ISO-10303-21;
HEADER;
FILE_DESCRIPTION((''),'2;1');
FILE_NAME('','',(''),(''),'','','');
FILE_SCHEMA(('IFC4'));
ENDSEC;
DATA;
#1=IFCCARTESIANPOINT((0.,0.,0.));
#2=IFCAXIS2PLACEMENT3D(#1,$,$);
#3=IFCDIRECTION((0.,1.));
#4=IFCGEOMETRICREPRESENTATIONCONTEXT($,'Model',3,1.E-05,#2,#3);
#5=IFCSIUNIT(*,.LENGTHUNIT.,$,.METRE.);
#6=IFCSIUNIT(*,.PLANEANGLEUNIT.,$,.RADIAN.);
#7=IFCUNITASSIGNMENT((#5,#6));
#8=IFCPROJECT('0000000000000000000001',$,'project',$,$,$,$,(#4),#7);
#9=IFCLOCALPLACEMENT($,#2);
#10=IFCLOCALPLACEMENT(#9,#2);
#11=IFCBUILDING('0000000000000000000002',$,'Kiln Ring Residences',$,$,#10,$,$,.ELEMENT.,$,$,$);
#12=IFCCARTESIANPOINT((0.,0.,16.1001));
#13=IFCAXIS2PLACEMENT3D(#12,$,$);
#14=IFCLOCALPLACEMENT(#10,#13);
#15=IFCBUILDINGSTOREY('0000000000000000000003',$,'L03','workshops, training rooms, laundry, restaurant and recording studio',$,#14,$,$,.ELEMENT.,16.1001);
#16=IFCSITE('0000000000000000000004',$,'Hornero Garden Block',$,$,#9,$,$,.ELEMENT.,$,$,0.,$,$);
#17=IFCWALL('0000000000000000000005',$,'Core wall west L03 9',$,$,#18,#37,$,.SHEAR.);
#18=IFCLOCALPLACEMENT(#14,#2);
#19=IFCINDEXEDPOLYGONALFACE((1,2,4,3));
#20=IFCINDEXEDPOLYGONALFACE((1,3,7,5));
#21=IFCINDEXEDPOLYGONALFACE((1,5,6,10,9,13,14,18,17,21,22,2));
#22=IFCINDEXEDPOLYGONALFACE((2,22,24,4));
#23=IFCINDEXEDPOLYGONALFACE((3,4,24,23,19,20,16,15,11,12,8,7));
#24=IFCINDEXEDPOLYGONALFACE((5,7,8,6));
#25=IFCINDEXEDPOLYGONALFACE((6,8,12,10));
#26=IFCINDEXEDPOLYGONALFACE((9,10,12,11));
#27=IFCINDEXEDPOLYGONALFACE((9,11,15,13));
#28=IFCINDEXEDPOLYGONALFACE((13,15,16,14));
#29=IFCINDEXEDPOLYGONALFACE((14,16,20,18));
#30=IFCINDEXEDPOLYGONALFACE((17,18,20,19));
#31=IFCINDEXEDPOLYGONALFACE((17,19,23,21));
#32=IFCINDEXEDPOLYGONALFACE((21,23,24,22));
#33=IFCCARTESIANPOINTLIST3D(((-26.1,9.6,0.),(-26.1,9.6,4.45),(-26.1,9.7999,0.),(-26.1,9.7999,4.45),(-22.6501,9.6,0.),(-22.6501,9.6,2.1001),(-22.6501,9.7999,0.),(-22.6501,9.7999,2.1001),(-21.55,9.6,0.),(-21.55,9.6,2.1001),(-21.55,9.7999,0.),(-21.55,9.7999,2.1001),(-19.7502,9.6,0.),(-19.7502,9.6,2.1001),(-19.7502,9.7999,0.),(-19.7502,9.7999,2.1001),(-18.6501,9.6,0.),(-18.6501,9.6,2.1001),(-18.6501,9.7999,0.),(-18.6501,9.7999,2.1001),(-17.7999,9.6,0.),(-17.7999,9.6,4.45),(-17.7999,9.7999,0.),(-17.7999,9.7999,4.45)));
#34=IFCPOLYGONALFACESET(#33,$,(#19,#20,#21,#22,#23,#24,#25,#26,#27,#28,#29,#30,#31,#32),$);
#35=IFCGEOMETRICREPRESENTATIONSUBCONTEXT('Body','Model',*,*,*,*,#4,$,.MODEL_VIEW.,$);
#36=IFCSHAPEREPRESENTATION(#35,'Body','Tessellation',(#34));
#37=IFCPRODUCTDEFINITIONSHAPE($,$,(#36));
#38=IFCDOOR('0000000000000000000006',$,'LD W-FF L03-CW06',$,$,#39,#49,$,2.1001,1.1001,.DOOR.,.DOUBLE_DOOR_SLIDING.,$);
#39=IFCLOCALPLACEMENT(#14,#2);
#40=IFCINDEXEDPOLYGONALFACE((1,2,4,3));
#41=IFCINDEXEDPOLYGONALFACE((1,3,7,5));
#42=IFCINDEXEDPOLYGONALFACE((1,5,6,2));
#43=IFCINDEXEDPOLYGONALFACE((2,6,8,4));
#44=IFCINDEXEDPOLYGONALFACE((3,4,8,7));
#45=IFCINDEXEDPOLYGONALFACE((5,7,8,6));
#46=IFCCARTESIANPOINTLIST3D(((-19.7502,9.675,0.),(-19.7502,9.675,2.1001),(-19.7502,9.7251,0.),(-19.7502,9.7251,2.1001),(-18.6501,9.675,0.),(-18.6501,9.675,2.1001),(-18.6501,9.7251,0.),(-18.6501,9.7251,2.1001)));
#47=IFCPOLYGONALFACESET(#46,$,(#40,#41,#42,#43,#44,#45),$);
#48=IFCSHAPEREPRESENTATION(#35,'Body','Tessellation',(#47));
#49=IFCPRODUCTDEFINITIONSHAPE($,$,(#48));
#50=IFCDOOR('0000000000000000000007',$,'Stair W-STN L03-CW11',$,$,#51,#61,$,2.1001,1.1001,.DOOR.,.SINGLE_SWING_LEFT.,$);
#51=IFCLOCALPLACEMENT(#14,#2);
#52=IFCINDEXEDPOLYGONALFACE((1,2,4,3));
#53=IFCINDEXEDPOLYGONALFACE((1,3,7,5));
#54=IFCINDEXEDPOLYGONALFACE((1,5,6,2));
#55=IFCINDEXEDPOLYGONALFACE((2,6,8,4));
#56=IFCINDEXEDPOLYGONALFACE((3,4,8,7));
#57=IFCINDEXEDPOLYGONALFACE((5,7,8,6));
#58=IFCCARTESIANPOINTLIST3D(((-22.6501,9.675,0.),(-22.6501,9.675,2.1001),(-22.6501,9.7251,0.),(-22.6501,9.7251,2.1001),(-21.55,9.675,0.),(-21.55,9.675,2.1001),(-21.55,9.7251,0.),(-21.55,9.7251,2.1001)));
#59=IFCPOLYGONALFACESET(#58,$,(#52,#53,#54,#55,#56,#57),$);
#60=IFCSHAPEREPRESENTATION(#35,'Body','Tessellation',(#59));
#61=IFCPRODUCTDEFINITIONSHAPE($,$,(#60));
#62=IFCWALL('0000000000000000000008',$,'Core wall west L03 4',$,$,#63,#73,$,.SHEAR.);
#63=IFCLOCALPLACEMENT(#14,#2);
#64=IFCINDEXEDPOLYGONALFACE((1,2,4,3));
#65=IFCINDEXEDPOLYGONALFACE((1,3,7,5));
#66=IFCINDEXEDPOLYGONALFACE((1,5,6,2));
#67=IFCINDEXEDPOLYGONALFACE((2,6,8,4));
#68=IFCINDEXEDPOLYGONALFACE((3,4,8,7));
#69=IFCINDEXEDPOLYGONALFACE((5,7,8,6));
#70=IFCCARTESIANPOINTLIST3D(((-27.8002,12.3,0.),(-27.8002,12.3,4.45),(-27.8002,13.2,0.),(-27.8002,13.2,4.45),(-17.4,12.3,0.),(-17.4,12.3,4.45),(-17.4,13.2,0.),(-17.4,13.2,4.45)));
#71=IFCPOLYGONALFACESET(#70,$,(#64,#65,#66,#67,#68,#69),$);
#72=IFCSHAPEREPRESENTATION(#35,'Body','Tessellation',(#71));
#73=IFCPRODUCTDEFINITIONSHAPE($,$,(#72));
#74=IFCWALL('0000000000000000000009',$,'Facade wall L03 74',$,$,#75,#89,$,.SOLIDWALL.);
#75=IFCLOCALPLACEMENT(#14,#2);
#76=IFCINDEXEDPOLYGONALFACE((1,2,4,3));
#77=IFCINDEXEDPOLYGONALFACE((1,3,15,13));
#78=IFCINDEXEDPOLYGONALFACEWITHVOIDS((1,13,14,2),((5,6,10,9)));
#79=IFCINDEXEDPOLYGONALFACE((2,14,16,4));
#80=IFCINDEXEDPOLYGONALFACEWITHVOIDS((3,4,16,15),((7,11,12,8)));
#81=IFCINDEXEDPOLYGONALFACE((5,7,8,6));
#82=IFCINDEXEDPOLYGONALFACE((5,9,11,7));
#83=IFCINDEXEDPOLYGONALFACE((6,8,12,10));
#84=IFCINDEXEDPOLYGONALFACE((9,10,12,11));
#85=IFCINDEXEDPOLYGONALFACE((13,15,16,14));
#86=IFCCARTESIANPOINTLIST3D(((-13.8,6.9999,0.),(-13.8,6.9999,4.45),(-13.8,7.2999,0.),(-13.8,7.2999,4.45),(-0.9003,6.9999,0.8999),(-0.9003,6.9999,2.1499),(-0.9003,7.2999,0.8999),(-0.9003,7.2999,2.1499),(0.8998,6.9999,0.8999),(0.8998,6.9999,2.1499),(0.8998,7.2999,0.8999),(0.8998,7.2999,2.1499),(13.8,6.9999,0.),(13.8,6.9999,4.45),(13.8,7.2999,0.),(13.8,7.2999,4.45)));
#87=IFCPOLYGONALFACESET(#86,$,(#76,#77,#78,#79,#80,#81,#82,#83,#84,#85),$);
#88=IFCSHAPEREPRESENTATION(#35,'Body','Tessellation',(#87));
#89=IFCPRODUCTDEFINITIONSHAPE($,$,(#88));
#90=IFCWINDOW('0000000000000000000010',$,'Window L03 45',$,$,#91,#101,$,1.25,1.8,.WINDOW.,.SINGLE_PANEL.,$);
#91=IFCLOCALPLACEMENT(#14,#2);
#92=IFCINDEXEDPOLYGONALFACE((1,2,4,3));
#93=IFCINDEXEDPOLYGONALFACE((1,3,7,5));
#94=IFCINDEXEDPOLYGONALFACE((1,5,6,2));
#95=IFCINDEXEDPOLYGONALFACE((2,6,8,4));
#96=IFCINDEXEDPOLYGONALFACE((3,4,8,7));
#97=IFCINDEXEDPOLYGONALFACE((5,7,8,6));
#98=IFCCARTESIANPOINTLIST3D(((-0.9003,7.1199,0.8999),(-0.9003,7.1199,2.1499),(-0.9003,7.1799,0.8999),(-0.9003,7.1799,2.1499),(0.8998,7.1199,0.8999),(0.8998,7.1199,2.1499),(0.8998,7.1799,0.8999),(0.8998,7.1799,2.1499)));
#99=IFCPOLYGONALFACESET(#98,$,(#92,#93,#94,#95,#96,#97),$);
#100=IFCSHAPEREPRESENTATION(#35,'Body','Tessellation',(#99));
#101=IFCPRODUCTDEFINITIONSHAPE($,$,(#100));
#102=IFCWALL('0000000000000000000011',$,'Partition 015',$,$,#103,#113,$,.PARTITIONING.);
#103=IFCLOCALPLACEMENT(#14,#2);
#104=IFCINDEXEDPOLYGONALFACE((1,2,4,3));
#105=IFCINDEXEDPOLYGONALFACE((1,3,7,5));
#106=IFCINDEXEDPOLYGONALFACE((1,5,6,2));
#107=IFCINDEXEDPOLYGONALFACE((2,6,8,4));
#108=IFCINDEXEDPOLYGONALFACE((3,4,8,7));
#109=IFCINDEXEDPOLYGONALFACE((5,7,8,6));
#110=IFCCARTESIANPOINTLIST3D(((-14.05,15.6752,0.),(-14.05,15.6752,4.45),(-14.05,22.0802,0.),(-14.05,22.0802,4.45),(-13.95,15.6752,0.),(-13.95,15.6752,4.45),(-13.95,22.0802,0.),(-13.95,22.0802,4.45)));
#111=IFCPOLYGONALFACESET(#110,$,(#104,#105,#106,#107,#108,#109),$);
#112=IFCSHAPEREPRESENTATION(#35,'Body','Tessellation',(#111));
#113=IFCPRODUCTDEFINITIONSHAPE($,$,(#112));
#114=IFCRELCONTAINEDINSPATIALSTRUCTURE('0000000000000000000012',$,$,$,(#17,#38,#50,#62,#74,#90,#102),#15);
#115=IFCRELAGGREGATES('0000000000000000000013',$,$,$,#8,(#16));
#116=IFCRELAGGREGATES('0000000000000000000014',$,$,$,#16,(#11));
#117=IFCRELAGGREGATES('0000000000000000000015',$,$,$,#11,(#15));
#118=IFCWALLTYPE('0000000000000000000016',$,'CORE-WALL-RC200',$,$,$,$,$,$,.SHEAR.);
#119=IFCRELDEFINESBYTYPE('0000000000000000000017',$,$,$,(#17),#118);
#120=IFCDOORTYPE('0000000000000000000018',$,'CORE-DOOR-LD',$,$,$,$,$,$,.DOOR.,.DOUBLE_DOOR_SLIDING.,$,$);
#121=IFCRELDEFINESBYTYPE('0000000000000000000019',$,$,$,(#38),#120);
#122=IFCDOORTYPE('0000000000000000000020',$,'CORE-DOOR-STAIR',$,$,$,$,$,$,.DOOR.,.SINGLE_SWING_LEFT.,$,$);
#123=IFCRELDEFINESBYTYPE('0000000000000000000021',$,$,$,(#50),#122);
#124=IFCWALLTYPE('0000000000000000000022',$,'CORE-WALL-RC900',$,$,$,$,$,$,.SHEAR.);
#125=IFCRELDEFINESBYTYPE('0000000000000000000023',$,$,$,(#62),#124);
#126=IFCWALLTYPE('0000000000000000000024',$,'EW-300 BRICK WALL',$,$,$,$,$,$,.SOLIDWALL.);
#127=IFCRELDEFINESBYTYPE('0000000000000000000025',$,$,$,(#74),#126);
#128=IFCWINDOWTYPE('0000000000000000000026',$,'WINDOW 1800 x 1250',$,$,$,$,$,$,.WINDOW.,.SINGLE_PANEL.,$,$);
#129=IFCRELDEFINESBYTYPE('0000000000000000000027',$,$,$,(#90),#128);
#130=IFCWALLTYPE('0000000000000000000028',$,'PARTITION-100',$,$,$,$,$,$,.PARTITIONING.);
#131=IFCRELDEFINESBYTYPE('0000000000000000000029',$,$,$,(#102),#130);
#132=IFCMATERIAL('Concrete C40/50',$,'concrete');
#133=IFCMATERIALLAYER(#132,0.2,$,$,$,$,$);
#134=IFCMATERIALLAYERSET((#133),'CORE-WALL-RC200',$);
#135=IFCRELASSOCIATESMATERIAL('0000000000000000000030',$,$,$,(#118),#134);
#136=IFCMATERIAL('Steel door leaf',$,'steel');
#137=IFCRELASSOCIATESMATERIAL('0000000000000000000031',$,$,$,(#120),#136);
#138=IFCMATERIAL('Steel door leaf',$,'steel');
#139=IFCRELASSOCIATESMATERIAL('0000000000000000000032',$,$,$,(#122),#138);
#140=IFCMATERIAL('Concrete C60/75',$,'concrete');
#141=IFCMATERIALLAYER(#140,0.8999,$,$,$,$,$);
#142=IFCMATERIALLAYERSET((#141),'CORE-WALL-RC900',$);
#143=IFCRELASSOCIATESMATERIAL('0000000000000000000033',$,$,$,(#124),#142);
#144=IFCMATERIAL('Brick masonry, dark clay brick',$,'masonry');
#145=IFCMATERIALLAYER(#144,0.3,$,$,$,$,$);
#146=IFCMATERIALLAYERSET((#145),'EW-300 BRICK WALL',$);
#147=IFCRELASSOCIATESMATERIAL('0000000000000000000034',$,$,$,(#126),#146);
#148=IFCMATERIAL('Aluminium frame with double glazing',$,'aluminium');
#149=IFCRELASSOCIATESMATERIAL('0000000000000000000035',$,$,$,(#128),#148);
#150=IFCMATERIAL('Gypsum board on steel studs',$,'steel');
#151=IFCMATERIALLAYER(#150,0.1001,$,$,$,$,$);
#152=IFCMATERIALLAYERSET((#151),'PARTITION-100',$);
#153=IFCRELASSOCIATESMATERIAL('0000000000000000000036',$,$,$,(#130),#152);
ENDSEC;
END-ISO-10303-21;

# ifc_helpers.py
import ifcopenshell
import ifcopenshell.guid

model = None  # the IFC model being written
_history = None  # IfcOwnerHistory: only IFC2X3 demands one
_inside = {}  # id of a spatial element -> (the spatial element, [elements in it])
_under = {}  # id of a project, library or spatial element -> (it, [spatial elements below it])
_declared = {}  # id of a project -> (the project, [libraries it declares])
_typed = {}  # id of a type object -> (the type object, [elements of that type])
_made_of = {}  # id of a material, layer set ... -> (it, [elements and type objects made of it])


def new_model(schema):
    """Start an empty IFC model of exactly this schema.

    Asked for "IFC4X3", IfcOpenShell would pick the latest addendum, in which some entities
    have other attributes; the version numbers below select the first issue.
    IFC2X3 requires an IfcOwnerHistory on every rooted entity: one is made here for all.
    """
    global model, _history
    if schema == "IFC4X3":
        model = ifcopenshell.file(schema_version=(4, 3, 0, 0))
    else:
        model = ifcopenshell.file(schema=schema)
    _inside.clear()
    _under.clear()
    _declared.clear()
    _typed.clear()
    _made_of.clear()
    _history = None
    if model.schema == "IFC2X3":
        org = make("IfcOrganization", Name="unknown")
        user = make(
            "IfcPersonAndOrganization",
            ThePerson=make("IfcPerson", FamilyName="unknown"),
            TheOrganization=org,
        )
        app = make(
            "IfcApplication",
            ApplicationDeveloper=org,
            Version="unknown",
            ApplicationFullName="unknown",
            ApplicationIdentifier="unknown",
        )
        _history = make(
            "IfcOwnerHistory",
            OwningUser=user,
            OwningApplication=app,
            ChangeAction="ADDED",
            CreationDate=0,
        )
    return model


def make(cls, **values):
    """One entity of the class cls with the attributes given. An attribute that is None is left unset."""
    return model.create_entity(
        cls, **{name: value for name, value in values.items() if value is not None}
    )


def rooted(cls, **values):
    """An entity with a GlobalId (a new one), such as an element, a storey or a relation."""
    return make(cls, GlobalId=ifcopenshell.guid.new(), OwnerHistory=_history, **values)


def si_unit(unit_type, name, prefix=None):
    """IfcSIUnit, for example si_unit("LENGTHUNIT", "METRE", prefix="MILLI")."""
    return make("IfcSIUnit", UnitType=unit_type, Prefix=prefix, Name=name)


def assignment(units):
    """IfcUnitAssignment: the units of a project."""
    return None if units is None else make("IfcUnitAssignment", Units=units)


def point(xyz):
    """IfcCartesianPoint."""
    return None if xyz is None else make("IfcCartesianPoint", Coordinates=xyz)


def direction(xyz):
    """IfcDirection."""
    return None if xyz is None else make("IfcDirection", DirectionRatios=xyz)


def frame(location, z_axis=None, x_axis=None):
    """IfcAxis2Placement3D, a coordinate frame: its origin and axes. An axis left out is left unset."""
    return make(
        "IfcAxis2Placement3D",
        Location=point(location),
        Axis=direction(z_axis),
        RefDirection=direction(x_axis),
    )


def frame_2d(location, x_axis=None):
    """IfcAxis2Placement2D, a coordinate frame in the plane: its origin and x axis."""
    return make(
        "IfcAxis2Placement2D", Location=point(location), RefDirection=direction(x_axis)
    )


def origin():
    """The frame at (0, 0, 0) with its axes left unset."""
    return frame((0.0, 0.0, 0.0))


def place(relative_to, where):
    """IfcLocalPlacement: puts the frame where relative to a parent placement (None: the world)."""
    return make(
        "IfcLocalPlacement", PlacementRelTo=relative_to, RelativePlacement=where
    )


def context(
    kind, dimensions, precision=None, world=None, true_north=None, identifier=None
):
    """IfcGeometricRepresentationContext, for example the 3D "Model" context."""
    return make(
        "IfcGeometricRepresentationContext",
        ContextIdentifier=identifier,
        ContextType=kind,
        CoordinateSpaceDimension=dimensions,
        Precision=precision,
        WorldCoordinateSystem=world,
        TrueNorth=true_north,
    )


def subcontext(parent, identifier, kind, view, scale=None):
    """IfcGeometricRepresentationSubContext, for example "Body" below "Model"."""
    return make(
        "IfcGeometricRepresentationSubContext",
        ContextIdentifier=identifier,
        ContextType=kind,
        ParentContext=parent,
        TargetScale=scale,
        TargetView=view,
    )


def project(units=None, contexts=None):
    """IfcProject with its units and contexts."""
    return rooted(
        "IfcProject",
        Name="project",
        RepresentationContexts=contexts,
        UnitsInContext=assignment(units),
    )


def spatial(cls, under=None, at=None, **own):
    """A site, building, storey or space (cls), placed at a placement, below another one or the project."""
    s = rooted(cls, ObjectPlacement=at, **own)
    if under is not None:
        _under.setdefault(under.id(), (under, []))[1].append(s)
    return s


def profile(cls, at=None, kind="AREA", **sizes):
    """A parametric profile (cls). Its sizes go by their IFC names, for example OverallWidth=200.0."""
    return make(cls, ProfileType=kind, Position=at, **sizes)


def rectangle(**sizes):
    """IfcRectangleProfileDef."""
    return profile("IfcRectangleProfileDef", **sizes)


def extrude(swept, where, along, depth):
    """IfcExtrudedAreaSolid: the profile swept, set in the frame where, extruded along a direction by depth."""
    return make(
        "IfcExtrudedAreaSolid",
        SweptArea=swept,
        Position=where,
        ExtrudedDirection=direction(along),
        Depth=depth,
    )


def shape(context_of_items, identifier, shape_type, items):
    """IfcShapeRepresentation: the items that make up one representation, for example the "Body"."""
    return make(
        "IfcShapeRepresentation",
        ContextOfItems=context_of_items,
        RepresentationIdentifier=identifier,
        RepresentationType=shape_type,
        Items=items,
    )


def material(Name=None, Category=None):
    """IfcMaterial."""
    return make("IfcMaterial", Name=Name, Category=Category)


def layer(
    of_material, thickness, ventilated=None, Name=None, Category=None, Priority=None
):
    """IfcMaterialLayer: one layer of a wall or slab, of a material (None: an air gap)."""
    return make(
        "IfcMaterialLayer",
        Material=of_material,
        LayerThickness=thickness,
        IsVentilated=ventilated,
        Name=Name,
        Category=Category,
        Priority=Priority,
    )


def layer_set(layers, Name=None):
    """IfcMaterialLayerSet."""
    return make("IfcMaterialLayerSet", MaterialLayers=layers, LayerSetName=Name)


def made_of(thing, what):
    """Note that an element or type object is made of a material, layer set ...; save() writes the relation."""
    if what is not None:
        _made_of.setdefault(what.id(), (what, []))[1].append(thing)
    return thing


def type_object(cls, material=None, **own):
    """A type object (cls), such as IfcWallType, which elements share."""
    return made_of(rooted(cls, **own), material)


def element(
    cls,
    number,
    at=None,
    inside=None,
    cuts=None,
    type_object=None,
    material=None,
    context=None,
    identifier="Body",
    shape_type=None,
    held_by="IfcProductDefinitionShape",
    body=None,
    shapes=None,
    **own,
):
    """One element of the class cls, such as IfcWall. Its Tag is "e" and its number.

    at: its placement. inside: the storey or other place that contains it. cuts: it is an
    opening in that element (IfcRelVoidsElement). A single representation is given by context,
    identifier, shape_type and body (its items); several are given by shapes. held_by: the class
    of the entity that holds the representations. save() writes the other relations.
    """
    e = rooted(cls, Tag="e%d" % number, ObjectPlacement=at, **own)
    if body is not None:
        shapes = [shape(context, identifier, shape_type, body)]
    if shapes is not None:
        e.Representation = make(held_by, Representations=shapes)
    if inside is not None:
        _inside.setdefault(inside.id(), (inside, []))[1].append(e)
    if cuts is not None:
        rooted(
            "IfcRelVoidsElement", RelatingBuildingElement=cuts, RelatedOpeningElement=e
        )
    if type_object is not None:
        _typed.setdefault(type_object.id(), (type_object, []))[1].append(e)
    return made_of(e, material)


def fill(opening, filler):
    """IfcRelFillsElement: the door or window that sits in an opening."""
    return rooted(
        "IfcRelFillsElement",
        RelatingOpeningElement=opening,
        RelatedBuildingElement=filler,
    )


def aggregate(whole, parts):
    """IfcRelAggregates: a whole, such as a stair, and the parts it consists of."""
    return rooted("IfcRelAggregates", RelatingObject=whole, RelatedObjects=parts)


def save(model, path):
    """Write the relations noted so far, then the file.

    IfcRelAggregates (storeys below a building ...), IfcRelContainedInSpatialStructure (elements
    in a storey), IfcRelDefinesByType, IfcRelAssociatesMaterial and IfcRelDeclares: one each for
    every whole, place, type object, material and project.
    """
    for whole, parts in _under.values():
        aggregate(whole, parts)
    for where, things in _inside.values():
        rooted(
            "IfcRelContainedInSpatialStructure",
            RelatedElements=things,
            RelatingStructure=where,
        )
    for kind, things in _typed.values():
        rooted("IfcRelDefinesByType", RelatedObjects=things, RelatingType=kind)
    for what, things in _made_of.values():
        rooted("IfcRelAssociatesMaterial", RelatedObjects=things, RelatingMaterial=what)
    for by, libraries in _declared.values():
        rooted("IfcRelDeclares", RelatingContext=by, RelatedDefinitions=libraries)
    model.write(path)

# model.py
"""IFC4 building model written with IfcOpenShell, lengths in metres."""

from ifc_helpers import new_model, si_unit, direction, frame, frame_2d, origin, place, context, subcontext, project, spatial, rectangle, extrude, material, layer, layer_set, type_object, element, fill, save


model = new_model("IFC4")

# Units and contexts
model_context = context("Model", 3, precision=1e-05, world=origin(), true_north=direction((0.0, 1.0)))
body_context = subcontext(model_context, "Body", "Model", "MODEL_VIEW")
ifc_project = project(units=[si_unit("LENGTHUNIT", "METRE"), si_unit("PLANEANGLEUNIT", "RADIAN")], contexts=[model_context])

# Site, building, storey
site_placement = place(None, origin())
site = spatial("IfcSite", under=ifc_project, at=site_placement, Name="Hornero Garden Block", CompositionType="ELEMENT", RefElevation=0.0)
building_placement = place(site_placement, origin())
building = spatial("IfcBuilding", under=site, at=building_placement, Name="Kiln Ring Residences", CompositionType="ELEMENT")
storey_placement = place(building_placement, frame((0.0, 0.0, 16.1001)))
storey = spatial("IfcBuildingStorey", under=building, at=storey_placement, Name="L03", Description="workshops, training rooms, laundry, restaurant and recording studio", CompositionType="ELEMENT", Elevation=16.1001)

# Shared definitions
ifc_material_1 = material(Name="Concrete C40/50", Category="concrete")
ifc_layer_1 = layer(ifc_material_1, 0.2)
ifc_layer_set_1 = layer_set([ifc_layer_1], Name="CORE-WALL-RC200")
wall_type_1 = type_object("IfcWallType", Name="CORE-WALL-RC200", PredefinedType="SHEAR", material=ifc_layer_set_1)

# Wall, openings, doors
wall_1_placement = place(storey_placement, frame((-17.8, 9.7, 0.0), z_axis=(0.0, 0.0, 1.0), x_axis=(-1.0, 0.0, 0.0)))
wall_1 = element("IfcWall", 1, at=wall_1_placement, inside=storey, type_object=wall_type_1, Name="Core wall west L03 9", PredefinedType="SHEAR", context=body_context, shape_type="SweptSolid", body=[
    extrude(rectangle(XDim=8.3, YDim=0.2, at=frame_2d((4.1499, 0.0))), origin(), (0.0, 0.0, 1.0), 4.45),
])
opening_1_placement = place(wall_1_placement, frame((0.8501, 0.0, 0.0)))
opening_1 = element("IfcOpeningElement", 2, at=opening_1_placement, cuts=wall_1, PredefinedType="OPENING", context=body_context, shape_type="SweptSolid", body=[
    extrude(rectangle(XDim=1.1001, YDim=2.1001, at=frame_2d((0.55, 1.05))), frame((0.0, 0.1099, 0.0), z_axis=(0.0, -1.0, 0.0), x_axis=(1.0, 0.0, 0.0)), (0.0, 0.0, 1.0), 0.22),
])
opening_2_placement = place(wall_1_placement, frame((3.75, 0.0, 0.0)))
opening_2 = element("IfcOpeningElement", 3, at=opening_2_placement, cuts=wall_1, PredefinedType="OPENING", context=body_context, shape_type="SweptSolid", body=[
    extrude(rectangle(XDim=1.1001, YDim=2.1001, at=frame_2d((0.55, 1.05))), frame((0.0, 0.1099, 0.0), z_axis=(0.0, -1.0, 0.0), x_axis=(1.0, 0.0, 0.0)), (0.0, 0.0, 1.0), 0.22),
])
ifc_material_2 = material(Name="Steel door leaf", Category="steel")
door_type_1 = type_object("IfcDoorType", Name="CORE-DOOR-LD", OperationType="DOUBLE_DOOR_SLIDING", PredefinedType="DOOR", material=ifc_material_2)
door_1_placement = place(opening_1_placement, origin())
door_1 = element("IfcDoor", 4, at=door_1_placement, inside=storey, type_object=door_type_1, Name="LD W-FF L03-CW06", OperationType="DOUBLE_DOOR_SLIDING", OverallHeight=2.1001, OverallWidth=1.1001, PredefinedType="DOOR", context=body_context, shape_type="SweptSolid", body=[
    extrude(rectangle(XDim=1.1001, YDim=2.1001, at=frame_2d((0.55, 1.05))), frame((0.0, 0.0249, 0.0), z_axis=(0.0, -1.0, 0.0), x_axis=(1.0, 0.0, 0.0)), (0.0, 0.0, 1.0), 0.05),
])
fill(opening_1, door_1)
ifc_material_3 = material(Name="Steel door leaf", Category="steel")
door_type_2 = type_object("IfcDoorType", Name="CORE-DOOR-STAIR", OperationType="SINGLE_SWING_LEFT", PredefinedType="DOOR", material=ifc_material_3)
door_2_placement = place(opening_2_placement, origin())
door_2 = element("IfcDoor", 5, at=door_2_placement, inside=storey, type_object=door_type_2, Name="Stair W-STN L03-CW11", OperationType="SINGLE_SWING_LEFT", OverallHeight=2.1001, OverallWidth=1.1001, PredefinedType="DOOR", context=body_context, shape_type="SweptSolid", body=[
    extrude(rectangle(XDim=1.1001, YDim=2.1001, at=frame_2d((0.55, 1.05))), frame((0.0, 0.0249, 0.0), z_axis=(0.0, -1.0, 0.0), x_axis=(1.0, 0.0, 0.0)), (0.0, 0.0, 1.0), 0.05),
])
fill(opening_2, door_2)

# Wall
ifc_material_4 = material(Name="Concrete C60/75", Category="concrete")
ifc_layer_2 = layer(ifc_material_4, 0.8999)
ifc_layer_set_2 = layer_set([ifc_layer_2], Name="CORE-WALL-RC900")
wall_type_2 = type_object("IfcWallType", Name="CORE-WALL-RC900", PredefinedType="SHEAR", material=ifc_layer_set_2)
wall_2_placement = place(storey_placement, frame((-17.3999, 12.75, 0.0), z_axis=(0.0, 0.0, 1.0), x_axis=(-1.0, 0.0, 0.0)))
element("IfcWall", 6, at=wall_2_placement, inside=storey, type_object=wall_type_2, Name="Core wall west L03 4", PredefinedType="SHEAR", context=body_context, shape_type="SweptSolid", body=[
    extrude(rectangle(XDim=10.4001, YDim=0.8999, at=frame_2d((5.2002, 0.0))), origin(), (0.0, 0.0, 1.0), 4.45),
])

# Wall, opening, window
ifc_material_5 = material(Name="Brick masonry, dark clay brick", Category="masonry")
ifc_layer_3 = layer(ifc_material_5, 0.3)
ifc_layer_set_3 = layer_set([ifc_layer_3], Name="EW-300 BRICK WALL")
wall_type_3 = type_object("IfcWallType", Name="EW-300 BRICK WALL", PredefinedType="SOLIDWALL", material=ifc_layer_set_3)
wall_3_placement = place(storey_placement, frame((-13.8, 7.1499, 0.0), z_axis=(0.0, 0.0, 1.0), x_axis=(1.0, 0.0, 0.0)))
wall_3 = element("IfcWall", 7, at=wall_3_placement, inside=storey, type_object=wall_type_3, Name="Facade wall L03 74", PredefinedType="SOLIDWALL", context=body_context, shape_type="SweptSolid", body=[
    extrude(rectangle(XDim=27.6001, YDim=0.3, at=frame_2d((13.8, 0.0))), origin(), (0.0, 0.0, 1.0), 4.45),
])
opening_3_placement = place(wall_3_placement, frame((12.8999, 0.0, 0.8999)))
opening_3 = element("IfcOpeningElement", 8, at=opening_3_placement, cuts=wall_3, PredefinedType="OPENING", context=body_context, shape_type="SweptSolid", body=[
    extrude(rectangle(XDim=1.8, YDim=1.25, at=frame_2d((0.8999, 0.625))), frame((0.0, 0.1599, 0.0), z_axis=(0.0, -1.0, 0.0), x_axis=(1.0, 0.0, 0.0)), (0.0, 0.0, 1.0), 0.3201),
])
ifc_material_6 = material(Name="Aluminium frame with double glazing", Category="aluminium")
window_type = type_object("IfcWindowType", Name="WINDOW 1800 x 1250", PartitioningType="SINGLE_PANEL", PredefinedType="WINDOW", material=ifc_material_6)
window_placement = place(opening_3_placement, origin())
window = element("IfcWindow", 9, at=window_placement, inside=storey, type_object=window_type, Name="Window L03 45", OverallHeight=1.25, OverallWidth=1.8, PartitioningType="SINGLE_PANEL", PredefinedType="WINDOW", context=body_context, shape_type="SweptSolid", body=[
    extrude(rectangle(XDim=1.8, YDim=1.25, at=frame_2d((0.8999, 0.625))), frame((0.0, 0.03, 0.0), z_axis=(0.0, -1.0, 0.0), x_axis=(1.0, 0.0, 0.0)), (0.0, 0.0, 1.0), 0.0601),
])
fill(opening_3, window)

# Wall
ifc_material_7 = material(Name="Gypsum board on steel studs", Category="steel")
ifc_layer_4 = layer(ifc_material_7, 0.1001)
ifc_layer_set_4 = layer_set([ifc_layer_4], Name="PARTITION-100")
wall_type_4 = type_object("IfcWallType", Name="PARTITION-100", PredefinedType="PARTITIONING", material=ifc_layer_set_4)
wall_4_placement = place(storey_placement, frame((-14.0, 15.675, 0.0), z_axis=(0.0, 0.0, 1.0), x_axis=(0.0, 1.0, 0.0)))
element("IfcWall", 10, at=wall_4_placement, inside=storey, type_object=wall_type_4, Name="Partition 015", PredefinedType="PARTITIONING", context=body_context, shape_type="SweptSolid", body=[
    extrude(rectangle(XDim=6.405, YDim=0.1001, at=frame_2d((3.2026, 0.0))), origin(), (0.0, 0.0, 1.0), 4.45),
])

save(model, "model.ifc")
